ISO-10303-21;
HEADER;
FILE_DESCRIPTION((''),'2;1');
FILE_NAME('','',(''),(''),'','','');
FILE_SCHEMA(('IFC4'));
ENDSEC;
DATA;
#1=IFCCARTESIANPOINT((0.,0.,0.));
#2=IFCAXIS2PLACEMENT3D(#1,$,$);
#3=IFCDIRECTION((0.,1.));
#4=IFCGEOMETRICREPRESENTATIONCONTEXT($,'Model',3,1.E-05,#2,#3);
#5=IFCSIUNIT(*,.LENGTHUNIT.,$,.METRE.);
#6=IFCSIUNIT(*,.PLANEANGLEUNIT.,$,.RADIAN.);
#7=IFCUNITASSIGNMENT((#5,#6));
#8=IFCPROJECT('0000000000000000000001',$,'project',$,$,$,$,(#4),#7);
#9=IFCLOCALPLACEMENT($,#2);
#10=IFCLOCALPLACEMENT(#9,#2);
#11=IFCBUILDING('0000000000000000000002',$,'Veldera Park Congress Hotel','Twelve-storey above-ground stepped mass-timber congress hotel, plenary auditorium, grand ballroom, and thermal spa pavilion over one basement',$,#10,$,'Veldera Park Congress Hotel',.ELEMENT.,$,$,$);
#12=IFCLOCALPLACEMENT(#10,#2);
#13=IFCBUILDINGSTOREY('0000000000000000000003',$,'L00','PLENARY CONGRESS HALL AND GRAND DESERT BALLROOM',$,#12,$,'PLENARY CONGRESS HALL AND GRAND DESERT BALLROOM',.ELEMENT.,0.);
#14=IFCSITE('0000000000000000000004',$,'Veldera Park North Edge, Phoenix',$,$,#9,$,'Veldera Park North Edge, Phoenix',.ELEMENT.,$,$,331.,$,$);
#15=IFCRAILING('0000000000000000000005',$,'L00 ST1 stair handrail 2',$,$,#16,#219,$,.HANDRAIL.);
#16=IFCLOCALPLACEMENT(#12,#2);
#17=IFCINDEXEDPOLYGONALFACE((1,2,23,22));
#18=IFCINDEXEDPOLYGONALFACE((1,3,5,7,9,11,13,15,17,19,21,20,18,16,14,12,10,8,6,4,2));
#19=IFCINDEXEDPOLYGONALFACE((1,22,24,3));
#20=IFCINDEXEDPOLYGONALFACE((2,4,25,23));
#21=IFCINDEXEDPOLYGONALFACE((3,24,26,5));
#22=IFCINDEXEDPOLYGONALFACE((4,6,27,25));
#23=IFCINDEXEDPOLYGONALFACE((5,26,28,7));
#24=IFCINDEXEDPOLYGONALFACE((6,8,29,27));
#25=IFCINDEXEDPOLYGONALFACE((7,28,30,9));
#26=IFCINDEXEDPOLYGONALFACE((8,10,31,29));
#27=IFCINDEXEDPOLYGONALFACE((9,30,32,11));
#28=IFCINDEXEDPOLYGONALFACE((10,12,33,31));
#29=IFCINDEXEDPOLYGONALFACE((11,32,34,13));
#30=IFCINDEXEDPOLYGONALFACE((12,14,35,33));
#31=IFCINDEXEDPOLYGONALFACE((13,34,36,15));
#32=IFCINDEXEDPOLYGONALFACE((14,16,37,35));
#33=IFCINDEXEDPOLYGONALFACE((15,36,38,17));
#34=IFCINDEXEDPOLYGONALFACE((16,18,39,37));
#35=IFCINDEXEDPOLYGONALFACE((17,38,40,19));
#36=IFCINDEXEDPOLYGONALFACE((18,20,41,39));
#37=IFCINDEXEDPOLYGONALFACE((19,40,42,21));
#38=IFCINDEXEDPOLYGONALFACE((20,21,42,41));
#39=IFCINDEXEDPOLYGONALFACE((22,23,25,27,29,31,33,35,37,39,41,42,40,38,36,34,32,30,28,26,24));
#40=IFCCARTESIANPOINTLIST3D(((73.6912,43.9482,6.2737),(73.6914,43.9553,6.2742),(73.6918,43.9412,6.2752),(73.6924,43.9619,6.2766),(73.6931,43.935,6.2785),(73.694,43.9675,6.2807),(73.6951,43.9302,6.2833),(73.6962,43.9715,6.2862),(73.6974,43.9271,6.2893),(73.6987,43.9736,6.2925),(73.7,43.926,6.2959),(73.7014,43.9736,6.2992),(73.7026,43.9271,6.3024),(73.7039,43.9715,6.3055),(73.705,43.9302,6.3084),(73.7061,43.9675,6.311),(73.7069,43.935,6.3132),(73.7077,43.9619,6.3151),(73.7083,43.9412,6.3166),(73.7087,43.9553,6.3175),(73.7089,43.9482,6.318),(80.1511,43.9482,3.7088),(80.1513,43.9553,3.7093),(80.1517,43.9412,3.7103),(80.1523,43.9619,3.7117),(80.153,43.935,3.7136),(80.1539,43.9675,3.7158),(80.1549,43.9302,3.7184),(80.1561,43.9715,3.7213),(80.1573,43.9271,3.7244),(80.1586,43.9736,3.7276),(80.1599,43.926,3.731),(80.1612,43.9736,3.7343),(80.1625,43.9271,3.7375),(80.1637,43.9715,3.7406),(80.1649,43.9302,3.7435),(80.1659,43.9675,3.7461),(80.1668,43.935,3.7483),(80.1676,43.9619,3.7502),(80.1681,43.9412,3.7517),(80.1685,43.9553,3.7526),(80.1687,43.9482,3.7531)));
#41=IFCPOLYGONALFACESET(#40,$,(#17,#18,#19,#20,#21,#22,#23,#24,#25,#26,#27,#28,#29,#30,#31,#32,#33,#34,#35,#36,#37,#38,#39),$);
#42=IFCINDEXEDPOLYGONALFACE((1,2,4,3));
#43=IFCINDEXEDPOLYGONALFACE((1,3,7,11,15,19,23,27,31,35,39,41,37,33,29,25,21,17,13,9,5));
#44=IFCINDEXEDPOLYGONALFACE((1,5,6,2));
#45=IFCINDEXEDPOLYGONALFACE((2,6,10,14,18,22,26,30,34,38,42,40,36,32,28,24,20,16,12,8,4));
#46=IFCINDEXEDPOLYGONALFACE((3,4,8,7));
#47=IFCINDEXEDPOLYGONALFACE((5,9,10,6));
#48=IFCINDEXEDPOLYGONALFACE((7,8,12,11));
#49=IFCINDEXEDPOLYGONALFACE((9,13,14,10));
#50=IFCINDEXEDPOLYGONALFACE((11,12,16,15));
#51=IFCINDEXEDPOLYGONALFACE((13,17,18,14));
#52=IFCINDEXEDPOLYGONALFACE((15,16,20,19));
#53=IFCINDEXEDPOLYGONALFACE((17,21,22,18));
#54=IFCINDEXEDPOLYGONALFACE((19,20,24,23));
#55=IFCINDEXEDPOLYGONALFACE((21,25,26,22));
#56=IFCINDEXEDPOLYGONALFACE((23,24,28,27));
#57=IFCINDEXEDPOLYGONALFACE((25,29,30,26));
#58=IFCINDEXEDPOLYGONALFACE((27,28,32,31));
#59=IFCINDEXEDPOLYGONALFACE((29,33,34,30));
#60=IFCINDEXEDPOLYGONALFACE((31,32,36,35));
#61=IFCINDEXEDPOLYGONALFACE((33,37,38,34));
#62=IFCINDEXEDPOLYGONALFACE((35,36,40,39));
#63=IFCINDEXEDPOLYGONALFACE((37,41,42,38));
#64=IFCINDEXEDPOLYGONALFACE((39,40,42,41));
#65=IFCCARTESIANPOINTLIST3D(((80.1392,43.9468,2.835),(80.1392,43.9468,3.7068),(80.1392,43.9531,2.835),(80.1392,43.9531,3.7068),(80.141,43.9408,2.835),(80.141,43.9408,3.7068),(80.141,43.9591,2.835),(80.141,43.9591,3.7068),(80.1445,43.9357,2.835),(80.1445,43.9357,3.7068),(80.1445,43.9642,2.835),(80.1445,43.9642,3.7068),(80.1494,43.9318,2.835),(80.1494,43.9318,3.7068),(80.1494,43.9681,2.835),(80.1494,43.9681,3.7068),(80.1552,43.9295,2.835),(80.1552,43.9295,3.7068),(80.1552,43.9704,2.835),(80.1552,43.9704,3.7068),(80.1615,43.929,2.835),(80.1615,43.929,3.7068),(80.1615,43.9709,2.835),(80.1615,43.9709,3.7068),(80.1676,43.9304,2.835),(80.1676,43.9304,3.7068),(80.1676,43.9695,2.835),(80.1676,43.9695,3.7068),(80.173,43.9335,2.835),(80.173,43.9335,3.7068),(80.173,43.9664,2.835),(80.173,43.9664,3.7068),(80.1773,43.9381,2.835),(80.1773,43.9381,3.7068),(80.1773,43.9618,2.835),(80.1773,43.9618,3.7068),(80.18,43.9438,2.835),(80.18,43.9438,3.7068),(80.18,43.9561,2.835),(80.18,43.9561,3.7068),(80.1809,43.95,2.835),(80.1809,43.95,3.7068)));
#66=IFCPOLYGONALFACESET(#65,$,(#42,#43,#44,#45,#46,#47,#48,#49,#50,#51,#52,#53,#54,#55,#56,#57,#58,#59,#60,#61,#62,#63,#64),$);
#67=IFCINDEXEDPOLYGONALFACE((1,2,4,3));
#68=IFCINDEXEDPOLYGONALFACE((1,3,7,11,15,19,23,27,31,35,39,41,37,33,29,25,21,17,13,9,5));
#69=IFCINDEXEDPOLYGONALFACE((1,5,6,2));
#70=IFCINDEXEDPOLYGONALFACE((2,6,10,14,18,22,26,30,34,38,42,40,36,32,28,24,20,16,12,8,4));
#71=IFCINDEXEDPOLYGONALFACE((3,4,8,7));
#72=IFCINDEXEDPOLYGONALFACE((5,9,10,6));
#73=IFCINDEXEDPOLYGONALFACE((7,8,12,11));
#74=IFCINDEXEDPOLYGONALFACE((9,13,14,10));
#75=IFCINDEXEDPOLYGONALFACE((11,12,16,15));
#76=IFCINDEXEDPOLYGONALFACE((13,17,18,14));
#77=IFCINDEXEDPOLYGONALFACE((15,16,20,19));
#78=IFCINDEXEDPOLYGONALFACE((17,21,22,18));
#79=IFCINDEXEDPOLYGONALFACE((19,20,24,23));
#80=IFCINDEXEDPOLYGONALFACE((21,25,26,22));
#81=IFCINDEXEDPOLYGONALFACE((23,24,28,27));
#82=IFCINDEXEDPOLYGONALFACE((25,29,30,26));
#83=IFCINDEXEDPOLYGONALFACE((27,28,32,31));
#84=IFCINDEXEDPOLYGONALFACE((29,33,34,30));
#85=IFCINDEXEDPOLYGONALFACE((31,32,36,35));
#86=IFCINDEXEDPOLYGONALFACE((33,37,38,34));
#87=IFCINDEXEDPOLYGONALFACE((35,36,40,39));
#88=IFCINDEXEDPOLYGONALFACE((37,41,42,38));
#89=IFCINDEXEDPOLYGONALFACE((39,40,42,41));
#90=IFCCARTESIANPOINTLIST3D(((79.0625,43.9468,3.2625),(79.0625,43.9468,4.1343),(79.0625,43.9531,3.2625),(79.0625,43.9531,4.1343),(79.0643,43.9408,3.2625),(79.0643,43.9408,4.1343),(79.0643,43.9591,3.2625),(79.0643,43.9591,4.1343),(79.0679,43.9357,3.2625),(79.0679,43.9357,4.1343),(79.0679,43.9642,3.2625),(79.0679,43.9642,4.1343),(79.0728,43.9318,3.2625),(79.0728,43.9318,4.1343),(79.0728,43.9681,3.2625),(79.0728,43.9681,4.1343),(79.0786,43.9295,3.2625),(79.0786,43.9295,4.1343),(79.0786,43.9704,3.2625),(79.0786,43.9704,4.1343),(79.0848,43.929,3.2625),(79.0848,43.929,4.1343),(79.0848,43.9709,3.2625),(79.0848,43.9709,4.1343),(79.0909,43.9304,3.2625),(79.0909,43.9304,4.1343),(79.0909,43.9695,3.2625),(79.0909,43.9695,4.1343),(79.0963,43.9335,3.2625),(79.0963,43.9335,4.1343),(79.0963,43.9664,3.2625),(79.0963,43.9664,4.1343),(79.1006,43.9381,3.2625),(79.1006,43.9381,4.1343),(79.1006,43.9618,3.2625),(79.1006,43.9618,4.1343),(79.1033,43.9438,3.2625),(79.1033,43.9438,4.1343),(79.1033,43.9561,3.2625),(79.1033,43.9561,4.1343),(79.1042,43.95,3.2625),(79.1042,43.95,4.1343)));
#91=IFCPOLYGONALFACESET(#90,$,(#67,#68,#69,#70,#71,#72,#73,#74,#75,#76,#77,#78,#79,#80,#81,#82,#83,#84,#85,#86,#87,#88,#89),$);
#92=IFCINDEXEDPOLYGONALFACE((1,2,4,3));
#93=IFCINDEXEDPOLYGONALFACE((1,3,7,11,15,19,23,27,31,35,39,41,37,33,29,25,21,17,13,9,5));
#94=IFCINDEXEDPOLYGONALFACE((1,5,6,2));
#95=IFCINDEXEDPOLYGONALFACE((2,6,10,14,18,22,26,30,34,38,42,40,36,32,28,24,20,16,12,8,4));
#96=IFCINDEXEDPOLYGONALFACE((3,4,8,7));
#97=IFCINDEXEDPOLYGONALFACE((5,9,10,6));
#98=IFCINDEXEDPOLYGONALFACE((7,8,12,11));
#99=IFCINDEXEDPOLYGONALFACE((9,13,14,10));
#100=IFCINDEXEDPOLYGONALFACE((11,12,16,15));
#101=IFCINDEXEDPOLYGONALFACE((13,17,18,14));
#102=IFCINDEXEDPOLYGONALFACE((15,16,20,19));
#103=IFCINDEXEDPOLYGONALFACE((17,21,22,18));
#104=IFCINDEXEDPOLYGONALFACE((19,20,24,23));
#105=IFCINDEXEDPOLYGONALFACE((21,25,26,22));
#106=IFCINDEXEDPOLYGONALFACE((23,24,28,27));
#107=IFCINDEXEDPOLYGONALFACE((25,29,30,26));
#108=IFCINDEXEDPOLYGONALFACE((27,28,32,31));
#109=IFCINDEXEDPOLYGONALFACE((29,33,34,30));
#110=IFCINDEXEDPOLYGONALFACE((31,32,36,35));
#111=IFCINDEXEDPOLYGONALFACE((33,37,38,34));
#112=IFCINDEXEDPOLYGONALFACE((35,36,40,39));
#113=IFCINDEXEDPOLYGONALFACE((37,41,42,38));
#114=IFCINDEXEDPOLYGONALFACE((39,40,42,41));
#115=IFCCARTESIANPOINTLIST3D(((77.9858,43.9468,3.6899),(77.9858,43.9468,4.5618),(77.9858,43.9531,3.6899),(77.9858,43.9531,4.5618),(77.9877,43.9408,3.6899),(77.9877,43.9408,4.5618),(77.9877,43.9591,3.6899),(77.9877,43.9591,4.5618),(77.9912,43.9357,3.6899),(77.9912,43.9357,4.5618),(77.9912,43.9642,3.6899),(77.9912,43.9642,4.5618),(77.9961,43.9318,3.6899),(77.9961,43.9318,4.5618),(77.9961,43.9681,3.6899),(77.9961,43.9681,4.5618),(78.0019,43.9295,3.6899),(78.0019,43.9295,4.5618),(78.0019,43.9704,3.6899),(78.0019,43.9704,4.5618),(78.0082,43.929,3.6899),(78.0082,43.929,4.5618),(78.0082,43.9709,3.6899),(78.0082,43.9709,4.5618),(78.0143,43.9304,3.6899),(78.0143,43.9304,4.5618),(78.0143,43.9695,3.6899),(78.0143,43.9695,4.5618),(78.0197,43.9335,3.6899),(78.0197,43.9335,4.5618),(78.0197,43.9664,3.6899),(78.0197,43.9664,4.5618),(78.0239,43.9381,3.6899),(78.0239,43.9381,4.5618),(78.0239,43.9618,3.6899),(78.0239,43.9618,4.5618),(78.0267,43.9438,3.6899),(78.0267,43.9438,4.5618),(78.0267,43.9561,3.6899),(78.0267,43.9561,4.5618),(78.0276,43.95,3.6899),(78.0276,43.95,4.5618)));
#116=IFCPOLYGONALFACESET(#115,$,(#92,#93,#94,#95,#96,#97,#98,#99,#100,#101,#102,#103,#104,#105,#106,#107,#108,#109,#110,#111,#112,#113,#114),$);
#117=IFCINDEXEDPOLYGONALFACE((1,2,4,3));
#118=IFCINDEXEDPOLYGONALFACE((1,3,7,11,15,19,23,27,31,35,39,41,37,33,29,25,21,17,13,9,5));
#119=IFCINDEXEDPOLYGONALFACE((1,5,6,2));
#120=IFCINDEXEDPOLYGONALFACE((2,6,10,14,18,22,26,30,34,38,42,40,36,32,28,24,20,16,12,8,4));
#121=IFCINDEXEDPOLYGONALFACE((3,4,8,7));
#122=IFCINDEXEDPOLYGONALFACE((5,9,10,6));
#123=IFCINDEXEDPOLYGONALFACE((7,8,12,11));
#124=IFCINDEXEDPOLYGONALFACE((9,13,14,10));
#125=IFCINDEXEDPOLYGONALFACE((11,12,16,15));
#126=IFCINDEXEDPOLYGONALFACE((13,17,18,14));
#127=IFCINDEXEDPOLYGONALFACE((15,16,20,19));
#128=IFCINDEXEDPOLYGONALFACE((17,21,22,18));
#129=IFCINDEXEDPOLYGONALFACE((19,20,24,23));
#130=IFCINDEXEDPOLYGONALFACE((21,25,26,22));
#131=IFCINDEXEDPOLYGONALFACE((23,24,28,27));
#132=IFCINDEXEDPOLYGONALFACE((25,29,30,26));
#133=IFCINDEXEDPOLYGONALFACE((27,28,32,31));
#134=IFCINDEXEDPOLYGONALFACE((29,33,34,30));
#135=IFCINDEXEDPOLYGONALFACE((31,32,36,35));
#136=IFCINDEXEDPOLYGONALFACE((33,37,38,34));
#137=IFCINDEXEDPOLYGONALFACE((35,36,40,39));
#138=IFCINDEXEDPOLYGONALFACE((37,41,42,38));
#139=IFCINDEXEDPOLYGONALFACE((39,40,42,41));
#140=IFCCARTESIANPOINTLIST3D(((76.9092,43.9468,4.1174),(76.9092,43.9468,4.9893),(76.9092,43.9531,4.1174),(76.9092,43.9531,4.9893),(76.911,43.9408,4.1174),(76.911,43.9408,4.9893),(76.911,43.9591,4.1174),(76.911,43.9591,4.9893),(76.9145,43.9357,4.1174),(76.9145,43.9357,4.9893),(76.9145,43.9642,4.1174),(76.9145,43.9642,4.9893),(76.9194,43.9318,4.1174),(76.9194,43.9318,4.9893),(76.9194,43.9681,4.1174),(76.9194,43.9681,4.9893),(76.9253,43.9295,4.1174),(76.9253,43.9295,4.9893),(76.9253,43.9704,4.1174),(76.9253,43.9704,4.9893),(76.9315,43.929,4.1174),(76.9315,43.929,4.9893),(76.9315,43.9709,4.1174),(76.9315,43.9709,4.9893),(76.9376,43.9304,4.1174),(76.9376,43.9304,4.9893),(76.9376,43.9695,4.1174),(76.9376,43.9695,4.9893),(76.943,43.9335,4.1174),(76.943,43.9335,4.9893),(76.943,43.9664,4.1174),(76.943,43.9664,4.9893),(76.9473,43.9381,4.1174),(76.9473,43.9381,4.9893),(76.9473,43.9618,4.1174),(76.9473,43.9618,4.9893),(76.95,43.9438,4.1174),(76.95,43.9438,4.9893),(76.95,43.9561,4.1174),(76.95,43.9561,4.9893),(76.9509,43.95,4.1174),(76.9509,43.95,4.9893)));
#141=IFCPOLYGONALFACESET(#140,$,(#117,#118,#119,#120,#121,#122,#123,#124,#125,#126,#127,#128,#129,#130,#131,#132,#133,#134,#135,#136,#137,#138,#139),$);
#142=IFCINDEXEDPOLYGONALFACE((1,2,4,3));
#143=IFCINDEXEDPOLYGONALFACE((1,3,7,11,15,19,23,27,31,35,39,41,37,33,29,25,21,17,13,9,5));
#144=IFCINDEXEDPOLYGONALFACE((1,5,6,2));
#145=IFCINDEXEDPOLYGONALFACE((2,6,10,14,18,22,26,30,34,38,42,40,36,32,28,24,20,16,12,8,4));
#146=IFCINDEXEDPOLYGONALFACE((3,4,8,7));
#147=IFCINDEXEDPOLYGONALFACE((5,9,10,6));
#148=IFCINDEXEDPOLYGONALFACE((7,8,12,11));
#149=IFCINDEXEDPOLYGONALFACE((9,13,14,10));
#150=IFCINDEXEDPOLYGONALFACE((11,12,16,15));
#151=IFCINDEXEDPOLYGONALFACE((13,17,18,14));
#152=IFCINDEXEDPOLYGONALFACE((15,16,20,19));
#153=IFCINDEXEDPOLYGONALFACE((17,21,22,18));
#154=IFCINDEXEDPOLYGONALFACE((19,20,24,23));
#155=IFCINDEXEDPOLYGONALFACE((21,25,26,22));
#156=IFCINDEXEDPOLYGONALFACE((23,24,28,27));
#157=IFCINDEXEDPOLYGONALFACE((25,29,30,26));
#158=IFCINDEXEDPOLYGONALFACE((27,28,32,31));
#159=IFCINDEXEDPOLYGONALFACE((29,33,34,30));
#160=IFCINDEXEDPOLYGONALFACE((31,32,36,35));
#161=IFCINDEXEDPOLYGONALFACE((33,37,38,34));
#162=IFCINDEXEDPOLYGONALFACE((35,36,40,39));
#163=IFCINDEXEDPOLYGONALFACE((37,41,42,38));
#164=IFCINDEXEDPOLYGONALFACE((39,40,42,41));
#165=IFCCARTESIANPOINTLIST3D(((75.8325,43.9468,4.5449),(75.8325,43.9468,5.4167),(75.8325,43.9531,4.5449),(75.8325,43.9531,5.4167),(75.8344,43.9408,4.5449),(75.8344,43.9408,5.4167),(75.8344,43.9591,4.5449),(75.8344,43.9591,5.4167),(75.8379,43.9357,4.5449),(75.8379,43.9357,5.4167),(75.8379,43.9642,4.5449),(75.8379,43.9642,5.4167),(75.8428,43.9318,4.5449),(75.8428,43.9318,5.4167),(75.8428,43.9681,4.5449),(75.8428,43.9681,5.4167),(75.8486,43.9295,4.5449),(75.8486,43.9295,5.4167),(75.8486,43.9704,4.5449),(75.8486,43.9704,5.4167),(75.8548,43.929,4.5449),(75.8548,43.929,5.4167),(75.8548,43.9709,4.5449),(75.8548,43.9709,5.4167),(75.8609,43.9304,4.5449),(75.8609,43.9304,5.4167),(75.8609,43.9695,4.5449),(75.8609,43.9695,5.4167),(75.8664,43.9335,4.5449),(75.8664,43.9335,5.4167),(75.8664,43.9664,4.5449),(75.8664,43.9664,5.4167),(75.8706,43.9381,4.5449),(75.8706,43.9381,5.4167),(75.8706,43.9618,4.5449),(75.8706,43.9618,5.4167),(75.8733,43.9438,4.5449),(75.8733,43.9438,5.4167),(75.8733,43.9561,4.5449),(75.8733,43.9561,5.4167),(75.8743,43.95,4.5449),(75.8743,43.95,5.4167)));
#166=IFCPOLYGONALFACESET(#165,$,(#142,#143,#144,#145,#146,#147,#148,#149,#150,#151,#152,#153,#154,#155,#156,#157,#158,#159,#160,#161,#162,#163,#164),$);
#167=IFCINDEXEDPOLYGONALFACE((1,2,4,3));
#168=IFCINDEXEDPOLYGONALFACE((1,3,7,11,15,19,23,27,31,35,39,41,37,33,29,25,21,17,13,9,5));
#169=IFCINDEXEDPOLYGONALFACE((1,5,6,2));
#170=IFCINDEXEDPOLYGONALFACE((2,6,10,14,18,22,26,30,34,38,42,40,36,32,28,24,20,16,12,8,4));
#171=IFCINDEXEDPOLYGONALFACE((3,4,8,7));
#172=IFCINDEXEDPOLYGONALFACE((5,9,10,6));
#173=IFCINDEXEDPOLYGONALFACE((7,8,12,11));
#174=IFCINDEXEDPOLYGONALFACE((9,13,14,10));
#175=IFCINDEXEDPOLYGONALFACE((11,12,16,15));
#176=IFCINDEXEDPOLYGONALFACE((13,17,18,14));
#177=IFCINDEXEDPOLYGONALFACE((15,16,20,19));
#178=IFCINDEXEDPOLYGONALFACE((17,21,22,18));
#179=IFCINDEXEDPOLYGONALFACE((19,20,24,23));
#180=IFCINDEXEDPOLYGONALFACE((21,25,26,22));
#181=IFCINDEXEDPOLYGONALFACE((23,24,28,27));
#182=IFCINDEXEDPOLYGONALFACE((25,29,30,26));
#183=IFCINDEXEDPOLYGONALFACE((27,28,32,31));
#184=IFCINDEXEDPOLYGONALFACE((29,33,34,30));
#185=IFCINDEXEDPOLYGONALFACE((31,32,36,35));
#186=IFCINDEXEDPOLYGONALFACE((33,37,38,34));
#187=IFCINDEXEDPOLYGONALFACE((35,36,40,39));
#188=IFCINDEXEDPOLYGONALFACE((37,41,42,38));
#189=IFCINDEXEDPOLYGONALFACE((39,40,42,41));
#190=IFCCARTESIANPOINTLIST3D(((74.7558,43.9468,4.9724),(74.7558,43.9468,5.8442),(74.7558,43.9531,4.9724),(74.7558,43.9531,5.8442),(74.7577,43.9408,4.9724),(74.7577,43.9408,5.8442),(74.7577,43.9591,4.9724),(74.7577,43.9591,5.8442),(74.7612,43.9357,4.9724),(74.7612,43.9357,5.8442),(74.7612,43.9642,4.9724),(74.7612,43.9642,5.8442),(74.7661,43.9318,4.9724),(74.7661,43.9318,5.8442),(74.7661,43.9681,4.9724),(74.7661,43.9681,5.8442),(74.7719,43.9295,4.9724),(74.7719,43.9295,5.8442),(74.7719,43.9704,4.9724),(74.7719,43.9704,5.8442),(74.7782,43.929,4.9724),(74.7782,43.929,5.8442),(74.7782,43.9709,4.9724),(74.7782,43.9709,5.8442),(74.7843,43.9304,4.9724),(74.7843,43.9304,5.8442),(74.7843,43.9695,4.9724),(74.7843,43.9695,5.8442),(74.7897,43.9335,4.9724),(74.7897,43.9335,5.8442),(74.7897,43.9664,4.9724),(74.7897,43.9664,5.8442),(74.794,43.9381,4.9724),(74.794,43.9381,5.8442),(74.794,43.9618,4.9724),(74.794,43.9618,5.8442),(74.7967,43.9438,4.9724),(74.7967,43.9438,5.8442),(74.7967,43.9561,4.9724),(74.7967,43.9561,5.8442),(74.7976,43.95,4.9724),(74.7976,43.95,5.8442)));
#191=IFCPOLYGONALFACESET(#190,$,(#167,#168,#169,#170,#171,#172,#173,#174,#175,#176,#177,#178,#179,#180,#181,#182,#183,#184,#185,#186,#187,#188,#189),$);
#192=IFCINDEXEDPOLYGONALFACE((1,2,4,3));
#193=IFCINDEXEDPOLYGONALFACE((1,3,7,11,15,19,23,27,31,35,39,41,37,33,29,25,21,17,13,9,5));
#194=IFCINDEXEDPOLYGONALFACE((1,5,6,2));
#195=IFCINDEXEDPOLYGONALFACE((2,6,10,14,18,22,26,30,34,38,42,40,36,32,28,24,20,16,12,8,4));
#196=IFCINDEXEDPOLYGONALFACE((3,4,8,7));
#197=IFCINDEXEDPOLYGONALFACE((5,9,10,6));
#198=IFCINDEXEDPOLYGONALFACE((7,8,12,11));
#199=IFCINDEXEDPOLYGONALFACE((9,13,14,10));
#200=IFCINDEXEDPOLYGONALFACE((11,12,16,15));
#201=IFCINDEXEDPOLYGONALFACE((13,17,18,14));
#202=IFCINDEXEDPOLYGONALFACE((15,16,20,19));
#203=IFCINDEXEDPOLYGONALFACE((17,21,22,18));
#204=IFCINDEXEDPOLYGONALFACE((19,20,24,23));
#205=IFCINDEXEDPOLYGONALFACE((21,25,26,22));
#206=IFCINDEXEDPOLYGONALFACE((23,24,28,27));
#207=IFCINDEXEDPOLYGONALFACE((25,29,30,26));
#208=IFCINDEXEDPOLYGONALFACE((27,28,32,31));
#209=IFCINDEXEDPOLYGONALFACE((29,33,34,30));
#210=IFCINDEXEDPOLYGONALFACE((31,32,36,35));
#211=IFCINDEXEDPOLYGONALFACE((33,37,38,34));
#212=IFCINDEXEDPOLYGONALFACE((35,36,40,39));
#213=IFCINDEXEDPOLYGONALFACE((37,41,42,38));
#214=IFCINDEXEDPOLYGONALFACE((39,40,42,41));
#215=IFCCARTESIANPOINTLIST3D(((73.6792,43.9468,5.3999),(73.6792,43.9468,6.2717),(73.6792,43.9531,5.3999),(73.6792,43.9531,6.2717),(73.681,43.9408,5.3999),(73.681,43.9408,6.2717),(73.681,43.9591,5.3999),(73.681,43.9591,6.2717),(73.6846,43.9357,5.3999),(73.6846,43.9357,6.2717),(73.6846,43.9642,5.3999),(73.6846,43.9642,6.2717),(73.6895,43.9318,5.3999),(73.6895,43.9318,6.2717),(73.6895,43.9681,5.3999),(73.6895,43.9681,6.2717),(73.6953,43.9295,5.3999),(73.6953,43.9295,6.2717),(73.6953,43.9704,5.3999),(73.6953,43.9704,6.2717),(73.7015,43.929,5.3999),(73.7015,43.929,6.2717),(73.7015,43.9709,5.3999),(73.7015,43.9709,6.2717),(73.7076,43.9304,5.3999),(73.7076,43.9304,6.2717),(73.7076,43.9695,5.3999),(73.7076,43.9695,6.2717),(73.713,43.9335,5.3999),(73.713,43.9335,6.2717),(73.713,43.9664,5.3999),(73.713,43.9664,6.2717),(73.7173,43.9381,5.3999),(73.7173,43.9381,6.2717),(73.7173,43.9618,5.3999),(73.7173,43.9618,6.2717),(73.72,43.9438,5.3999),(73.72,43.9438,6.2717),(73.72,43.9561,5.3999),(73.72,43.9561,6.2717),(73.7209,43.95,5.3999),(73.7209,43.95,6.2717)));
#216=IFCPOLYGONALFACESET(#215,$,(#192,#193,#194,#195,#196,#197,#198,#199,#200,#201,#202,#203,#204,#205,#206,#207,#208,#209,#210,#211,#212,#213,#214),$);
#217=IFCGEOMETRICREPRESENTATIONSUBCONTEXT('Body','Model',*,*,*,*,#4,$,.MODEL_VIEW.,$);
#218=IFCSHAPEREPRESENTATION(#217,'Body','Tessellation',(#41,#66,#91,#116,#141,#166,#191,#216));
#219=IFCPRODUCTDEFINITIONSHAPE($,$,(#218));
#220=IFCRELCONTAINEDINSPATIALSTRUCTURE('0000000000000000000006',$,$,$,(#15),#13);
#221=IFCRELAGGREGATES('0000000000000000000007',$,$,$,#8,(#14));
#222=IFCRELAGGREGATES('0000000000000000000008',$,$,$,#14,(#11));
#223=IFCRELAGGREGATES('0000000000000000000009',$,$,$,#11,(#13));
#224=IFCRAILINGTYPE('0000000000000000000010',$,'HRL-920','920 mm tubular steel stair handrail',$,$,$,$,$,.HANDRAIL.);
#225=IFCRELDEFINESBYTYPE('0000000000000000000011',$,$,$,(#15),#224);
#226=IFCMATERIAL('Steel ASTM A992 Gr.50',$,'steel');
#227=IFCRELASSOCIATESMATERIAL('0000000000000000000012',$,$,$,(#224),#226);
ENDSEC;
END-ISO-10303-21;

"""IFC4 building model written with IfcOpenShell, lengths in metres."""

from ifc_helpers import new_model, si_unit, direction, frame, origin, origin_2d, place, context, subcontext, project, spatial, circle, extrude, material, type_object, element, save


model = new_model("IFC4")

# Units and contexts
model_context = context("Model", 3, precision=1e-05, world=origin(), true_north=direction((0.0, 1.0)))
body_context = subcontext(model_context, "Body", "Model", "MODEL_VIEW")
ifc_project = project(units=[si_unit("LENGTHUNIT", "METRE"), si_unit("PLANEANGLEUNIT", "RADIAN")], contexts=[model_context])

# Site, building, storey
site_placement = place(None, origin())
site = spatial("IfcSite", under=ifc_project, at=site_placement, Name="Veldera Park North Edge, Phoenix", LongName="Veldera Park North Edge, Phoenix", CompositionType="ELEMENT", RefElevation=331.0)
building_placement = place(site_placement, origin())
building = spatial("IfcBuilding", under=site, at=building_placement, Name="Veldera Park Congress Hotel", Description="Twelve-storey above-ground stepped mass-timber congress hotel, plenary auditorium, grand ballroom, and thermal spa pavilion over one basement", LongName="Veldera Park Congress Hotel", CompositionType="ELEMENT")
storey_placement = place(building_placement, origin())
storey = spatial("IfcBuildingStorey", under=building, at=storey_placement, Name="L00", Description="PLENARY CONGRESS HALL AND GRAND DESERT BALLROOM", LongName="PLENARY CONGRESS HALL AND GRAND DESERT BALLROOM", CompositionType="ELEMENT", Elevation=0.0)

# Shared definitions
ifc_material_1 = material(Name="Steel ASTM A992 Gr.50", Category="steel")

# Railing
railing_type_1 = type_object("IfcRailingType", Name="HRL-920", Description="920 mm tubular steel stair handrail", PredefinedType="HANDRAIL", material=ifc_material_1)
railing_1_placement = place(storey_placement, frame((80.1599, 43.95, 2.835)))
element("IfcRailing", 1, at=railing_1_placement, inside=storey, type_object=railing_type_1, Name="L00 ST1 stair handrail 2", PredefinedType="HANDRAIL", context=body_context, shape_type="SweptSolid", body=[
    extrude(circle(Radius=0.0239, at=origin_2d()), frame((0.0, 0.0, 0.896), z_axis=(-0.929418, 0.0, 0.369028), x_axis=(0.0, -1.0, 0.0)), (0.0, 0.0, 1.0), 6.9504),
    extrude(circle(Radius=0.021, at=origin_2d()), origin(), (0.0, 0.0, 1.0), 0.8718),
    extrude(circle(Radius=0.021, at=origin_2d()), frame((-1.0767, 0.0, 0.4275)), (0.0, 0.0, 1.0), 0.8718),
    extrude(circle(Radius=0.021, at=origin_2d()), frame((-2.1533, 0.0, 0.855)), (0.0, 0.0, 1.0), 0.8718),
    extrude(circle(Radius=0.021, at=origin_2d()), frame((-3.23, 0.0, 1.2825)), (0.0, 0.0, 1.0), 0.8718),
    extrude(circle(Radius=0.021, at=origin_2d()), frame((-4.3066, 0.0, 1.71)), (0.0, 0.0, 1.0), 0.8718),
    extrude(circle(Radius=0.021, at=origin_2d()), frame((-5.3833, 0.0, 2.1375)), (0.0, 0.0, 1.0), 0.8718),
    extrude(circle(Radius=0.021, at=origin_2d()), frame((-6.46, 0.0, 2.5649)), (0.0, 0.0, 1.0), 0.8718),
])

save(model, "model.ifc")
